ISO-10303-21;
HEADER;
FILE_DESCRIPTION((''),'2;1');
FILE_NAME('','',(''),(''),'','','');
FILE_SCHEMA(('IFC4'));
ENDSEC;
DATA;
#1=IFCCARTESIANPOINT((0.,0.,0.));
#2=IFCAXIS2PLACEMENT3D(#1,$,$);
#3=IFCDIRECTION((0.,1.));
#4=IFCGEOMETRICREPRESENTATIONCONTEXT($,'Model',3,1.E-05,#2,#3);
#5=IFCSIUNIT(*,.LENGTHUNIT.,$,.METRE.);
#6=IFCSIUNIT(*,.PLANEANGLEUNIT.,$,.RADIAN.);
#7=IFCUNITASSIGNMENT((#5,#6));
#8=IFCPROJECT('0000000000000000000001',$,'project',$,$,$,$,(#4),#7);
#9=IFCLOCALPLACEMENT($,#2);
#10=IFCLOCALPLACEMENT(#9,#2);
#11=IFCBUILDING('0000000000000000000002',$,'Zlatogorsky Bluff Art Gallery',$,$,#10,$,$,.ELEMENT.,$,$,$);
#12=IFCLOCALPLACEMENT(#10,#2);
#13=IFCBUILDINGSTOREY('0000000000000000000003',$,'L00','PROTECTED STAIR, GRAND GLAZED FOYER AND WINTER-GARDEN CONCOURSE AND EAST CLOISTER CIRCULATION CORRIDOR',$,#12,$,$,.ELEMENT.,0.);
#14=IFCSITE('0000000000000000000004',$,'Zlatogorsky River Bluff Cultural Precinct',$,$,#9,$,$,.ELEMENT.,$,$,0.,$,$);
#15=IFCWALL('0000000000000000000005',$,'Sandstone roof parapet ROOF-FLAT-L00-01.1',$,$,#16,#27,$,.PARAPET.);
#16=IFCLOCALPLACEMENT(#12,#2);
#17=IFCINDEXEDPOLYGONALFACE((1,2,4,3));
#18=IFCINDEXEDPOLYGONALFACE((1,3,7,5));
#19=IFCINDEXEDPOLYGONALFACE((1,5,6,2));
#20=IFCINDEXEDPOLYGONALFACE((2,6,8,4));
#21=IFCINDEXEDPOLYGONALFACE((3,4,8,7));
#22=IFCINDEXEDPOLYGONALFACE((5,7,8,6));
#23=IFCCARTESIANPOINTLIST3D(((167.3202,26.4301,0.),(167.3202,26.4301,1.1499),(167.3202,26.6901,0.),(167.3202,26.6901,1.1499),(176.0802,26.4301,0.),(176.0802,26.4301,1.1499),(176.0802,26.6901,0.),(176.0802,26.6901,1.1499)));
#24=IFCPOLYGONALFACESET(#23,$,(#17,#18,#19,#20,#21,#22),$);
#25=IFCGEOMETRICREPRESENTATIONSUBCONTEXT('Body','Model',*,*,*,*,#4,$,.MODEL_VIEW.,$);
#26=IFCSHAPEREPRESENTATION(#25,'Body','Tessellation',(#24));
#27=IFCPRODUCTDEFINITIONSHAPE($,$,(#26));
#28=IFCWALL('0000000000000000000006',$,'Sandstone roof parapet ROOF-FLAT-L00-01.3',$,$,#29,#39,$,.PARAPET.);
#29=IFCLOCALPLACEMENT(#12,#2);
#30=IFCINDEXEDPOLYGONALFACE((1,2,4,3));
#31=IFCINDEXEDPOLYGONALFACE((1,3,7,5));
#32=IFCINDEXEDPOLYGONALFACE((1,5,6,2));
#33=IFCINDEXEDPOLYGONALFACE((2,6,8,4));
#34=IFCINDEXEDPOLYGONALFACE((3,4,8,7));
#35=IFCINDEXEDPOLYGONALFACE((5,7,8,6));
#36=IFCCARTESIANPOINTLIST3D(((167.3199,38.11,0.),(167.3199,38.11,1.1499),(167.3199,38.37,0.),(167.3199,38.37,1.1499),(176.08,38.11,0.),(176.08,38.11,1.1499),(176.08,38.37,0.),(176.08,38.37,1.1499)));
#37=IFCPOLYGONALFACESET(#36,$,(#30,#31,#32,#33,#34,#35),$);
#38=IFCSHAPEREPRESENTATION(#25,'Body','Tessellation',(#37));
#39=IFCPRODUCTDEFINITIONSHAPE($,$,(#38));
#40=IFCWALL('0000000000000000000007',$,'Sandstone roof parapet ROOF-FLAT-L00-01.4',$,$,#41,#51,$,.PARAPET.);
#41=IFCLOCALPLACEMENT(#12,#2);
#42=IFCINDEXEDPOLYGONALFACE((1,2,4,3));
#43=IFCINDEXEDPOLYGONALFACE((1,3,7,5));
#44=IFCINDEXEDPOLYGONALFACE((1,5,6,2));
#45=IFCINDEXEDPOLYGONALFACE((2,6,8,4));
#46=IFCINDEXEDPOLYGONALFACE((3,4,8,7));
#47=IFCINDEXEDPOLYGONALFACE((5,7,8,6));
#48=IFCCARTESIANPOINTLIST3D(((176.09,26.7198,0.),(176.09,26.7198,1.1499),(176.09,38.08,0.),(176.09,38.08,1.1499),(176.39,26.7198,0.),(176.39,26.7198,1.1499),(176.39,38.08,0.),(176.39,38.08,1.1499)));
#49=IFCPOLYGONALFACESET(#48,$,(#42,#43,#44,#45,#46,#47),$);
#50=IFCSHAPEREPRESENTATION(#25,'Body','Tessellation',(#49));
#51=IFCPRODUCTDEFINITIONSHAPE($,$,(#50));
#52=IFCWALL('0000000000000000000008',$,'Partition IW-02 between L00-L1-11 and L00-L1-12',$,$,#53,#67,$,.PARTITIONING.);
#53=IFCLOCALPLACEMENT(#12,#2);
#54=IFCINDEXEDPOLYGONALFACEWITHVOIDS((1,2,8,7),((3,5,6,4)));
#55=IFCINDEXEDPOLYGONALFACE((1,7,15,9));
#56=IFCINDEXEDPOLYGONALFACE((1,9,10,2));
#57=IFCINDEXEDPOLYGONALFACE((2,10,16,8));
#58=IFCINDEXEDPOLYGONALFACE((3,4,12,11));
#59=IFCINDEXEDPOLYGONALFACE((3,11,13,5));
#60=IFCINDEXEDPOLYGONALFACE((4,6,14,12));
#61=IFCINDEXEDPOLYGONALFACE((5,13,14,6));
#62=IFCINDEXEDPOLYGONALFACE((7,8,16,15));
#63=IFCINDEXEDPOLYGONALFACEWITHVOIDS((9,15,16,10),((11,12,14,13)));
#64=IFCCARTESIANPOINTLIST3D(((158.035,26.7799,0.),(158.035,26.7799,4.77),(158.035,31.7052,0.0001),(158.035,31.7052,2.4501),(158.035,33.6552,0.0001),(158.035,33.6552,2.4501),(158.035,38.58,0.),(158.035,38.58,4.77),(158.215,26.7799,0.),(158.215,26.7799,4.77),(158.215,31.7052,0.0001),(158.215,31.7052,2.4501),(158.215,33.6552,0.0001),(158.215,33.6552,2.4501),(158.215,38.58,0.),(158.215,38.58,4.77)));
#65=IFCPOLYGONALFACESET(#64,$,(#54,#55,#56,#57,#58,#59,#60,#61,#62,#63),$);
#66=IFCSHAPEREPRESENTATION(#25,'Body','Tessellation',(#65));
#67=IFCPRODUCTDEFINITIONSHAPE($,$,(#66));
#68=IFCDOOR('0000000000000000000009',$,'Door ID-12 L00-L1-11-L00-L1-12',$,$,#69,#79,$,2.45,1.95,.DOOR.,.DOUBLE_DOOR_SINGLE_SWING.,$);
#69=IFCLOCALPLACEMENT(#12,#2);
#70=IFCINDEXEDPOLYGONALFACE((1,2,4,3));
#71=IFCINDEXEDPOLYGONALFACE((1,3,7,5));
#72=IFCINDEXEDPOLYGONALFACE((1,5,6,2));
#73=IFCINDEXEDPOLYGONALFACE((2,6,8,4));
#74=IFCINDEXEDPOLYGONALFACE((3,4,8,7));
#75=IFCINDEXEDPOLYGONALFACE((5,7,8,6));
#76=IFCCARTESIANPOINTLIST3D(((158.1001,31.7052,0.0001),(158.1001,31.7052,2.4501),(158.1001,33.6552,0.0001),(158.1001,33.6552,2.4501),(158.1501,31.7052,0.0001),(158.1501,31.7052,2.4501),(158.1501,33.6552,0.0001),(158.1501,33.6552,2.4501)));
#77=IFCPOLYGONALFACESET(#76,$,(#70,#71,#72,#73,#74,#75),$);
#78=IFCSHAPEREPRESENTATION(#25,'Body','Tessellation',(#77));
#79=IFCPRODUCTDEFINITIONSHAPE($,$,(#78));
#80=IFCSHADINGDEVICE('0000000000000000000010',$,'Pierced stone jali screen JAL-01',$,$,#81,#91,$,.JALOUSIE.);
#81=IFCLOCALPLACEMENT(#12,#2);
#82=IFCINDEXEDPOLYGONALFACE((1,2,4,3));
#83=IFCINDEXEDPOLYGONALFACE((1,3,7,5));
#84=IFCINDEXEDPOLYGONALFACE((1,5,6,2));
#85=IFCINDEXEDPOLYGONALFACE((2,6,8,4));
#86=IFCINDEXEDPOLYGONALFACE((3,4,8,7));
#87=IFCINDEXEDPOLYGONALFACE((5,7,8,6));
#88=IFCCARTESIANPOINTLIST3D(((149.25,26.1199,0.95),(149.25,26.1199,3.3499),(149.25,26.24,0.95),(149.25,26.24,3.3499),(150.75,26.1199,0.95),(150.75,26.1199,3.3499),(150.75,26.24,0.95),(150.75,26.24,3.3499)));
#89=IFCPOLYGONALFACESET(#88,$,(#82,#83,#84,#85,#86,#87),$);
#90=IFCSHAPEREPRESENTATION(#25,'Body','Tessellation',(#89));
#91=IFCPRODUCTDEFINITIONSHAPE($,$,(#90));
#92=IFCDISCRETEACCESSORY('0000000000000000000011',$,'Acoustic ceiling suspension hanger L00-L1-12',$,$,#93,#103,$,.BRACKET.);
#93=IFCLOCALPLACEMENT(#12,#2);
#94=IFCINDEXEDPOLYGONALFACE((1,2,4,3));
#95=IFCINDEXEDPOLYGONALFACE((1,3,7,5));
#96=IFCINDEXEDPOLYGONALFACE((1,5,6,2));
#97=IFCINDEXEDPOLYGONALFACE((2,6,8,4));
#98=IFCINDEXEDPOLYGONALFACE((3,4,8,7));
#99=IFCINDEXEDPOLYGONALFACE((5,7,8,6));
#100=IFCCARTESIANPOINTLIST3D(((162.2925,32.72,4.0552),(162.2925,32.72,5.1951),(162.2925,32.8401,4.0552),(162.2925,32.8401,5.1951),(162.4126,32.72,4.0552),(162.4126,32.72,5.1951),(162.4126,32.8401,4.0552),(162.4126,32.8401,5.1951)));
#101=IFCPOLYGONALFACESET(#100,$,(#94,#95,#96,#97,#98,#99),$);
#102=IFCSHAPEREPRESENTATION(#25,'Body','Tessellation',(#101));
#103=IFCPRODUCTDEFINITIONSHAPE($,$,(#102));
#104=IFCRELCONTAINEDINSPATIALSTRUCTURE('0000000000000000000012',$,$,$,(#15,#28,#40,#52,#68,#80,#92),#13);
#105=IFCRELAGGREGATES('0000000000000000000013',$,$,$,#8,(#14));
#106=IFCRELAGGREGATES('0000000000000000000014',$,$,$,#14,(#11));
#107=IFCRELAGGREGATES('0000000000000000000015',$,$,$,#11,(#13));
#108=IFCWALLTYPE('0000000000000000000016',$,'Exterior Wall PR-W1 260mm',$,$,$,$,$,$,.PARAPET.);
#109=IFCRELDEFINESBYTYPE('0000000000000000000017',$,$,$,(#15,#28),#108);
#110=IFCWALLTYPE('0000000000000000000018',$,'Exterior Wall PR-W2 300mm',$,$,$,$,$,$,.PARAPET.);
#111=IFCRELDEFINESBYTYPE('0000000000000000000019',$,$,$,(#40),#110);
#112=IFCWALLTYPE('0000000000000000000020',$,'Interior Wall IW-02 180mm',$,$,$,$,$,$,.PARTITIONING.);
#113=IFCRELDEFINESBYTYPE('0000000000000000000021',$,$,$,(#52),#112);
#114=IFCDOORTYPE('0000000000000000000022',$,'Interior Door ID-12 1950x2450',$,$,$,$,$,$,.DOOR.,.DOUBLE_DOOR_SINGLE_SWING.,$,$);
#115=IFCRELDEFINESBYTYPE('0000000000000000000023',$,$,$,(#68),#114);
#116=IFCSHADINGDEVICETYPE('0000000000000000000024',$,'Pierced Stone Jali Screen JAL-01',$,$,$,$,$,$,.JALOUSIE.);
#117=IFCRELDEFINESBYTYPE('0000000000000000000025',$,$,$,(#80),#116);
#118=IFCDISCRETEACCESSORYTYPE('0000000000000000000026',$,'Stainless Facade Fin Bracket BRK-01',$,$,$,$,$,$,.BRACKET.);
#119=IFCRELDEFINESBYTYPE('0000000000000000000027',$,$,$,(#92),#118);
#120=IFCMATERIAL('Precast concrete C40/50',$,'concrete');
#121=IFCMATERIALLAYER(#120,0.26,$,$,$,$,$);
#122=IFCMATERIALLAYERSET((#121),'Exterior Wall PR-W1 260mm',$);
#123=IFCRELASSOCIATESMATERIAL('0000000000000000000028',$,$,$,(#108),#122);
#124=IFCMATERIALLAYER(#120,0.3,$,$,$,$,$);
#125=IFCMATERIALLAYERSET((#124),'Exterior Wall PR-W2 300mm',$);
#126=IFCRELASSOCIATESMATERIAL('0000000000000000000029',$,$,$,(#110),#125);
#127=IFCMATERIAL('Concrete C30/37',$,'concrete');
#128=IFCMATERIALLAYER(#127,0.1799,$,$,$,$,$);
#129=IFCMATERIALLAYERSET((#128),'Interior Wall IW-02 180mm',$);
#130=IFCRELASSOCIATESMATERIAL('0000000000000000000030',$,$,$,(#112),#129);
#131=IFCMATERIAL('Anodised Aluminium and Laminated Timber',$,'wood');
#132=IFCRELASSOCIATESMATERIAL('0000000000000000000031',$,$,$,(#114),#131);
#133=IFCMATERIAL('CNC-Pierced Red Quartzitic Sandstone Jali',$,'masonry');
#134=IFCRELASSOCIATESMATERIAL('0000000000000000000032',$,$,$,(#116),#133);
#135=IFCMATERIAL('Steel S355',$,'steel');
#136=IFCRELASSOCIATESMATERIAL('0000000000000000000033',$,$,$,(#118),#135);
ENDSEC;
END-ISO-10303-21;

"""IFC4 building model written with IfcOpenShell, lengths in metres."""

from ifc_helpers import new_model, si_unit, direction, frame, frame_2d, origin, origin_2d, place, context, subcontext, project, spatial, rectangle, extrude, material, layer, layer_set, type_object, element, fill, save


model = new_model("IFC4")

# Units and contexts
model_context = context("Model", 3, precision=1e-05, world=origin(), true_north=direction((0.0, 1.0)))
body_context = subcontext(model_context, "Body", "Model", "MODEL_VIEW")
ifc_project = project(units=[si_unit("LENGTHUNIT", "METRE"), si_unit("PLANEANGLEUNIT", "RADIAN")], contexts=[model_context])

# Site, building, storey
site_placement = place(None, origin())
site = spatial("IfcSite", under=ifc_project, at=site_placement, Name="Zlatogorsky River Bluff Cultural Precinct", CompositionType="ELEMENT", RefElevation=0.0)
building_placement = place(site_placement, origin())
building = spatial("IfcBuilding", under=site, at=building_placement, Name="Zlatogorsky Bluff Art Gallery", CompositionType="ELEMENT")
storey_placement = place(building_placement, origin())
storey = spatial("IfcBuildingStorey", under=building, at=storey_placement, Name="L00", Description="PROTECTED STAIR, GRAND GLAZED FOYER AND WINTER-GARDEN CONCOURSE AND EAST CLOISTER CIRCULATION CORRIDOR", CompositionType="ELEMENT", Elevation=0.0)

# Shared definitions
ifc_material_1 = material(Name="Steel S355", Category="steel")

# Shared definitions
ifc_material_2 = material(Name="Precast concrete C40/50", Category="concrete")

# Walls
ifc_layer_1 = layer(ifc_material_2, 0.26)
ifc_layer_set_1 = layer_set([ifc_layer_1], Name="Exterior Wall PR-W1 260mm")
wall_type_1 = type_object("IfcWallType", Name="Exterior Wall PR-W1 260mm", PredefinedType="PARAPET", material=ifc_layer_set_1)
for number, where, z_axis, x_axis, name in (
    (1, (176.0801, 26.5601, 0.0), (0.0, 0.0, 1.0), (-1.0, 0.0, 0.0), "Sandstone roof parapet ROOF-FLAT-L00-01.1"),
    (2, (167.3201, 38.24, 0.0), (0.0, 0.0, 1.0), (1.0, 0.0, 0.0), "Sandstone roof parapet ROOF-FLAT-L00-01.3"),
):
    element("IfcWall", number, at=place(storey_placement, frame(where, z_axis=z_axis, x_axis=x_axis)), inside=storey, type_object=wall_type_1, Name=name, PredefinedType="PARAPET", context=body_context, shape_type="SweptSolid", body=[
        extrude(rectangle(XDim=8.76, YDim=0.26, at=frame_2d((4.3799, 0.0))), origin(), (0.0, 0.0, 1.0), 1.1499),
    ])
ifc_layer_2 = layer(ifc_material_2, 0.3)
ifc_layer_set_2 = layer_set([ifc_layer_2], Name="Exterior Wall PR-W2 300mm")
wall_type_2 = type_object("IfcWallType", Name="Exterior Wall PR-W2 300mm", PredefinedType="PARAPET", material=ifc_layer_set_2)
wall_1_placement = place(storey_placement, frame((176.24, 38.0801, 0.0), z_axis=(0.0, 0.0, 1.0), x_axis=(0.0, -1.0, 0.0)))
element("IfcWall", 3, at=wall_1_placement, inside=storey, type_object=wall_type_2, Name="Sandstone roof parapet ROOF-FLAT-L00-01.4", PredefinedType="PARAPET", context=body_context, shape_type="SweptSolid", body=[
    extrude(rectangle(XDim=11.3601, YDim=0.3, at=frame_2d((5.6802, 0.0))), origin(), (0.0, 0.0, 1.0), 1.1499),
])

# Wall, opening, door
ifc_material_3 = material(Name="Concrete C30/37", Category="concrete")
ifc_layer_3 = layer(ifc_material_3, 0.1799)
ifc_layer_set_3 = layer_set([ifc_layer_3], Name="Interior Wall IW-02 180mm")
wall_type_3 = type_object("IfcWallType", Name="Interior Wall IW-02 180mm", PredefinedType="PARTITIONING", material=ifc_layer_set_3)
wall_2_placement = place(storey_placement, frame((158.125, 26.78, 0.0), z_axis=(0.0, 0.0, 1.0), x_axis=(0.0, 1.0, 0.0)))
wall_2 = element("IfcWall", 4, at=wall_2_placement, inside=storey, type_object=wall_type_3, Name="Partition IW-02 between L00-L1-11 and L00-L1-12", PredefinedType="PARTITIONING", context=body_context, shape_type="SweptSolid", body=[
    extrude(rectangle(XDim=11.8, YDim=0.1799, at=frame_2d((5.8999, 0.0))), origin(), (0.0, 0.0, 1.0), 4.77),
])
opening_1_placement = place(wall_2_placement, frame((4.925, 0.0, 0.0)))
opening_1 = element("IfcOpeningElement", 5, at=opening_1_placement, cuts=wall_2, PredefinedType="OPENING", context=body_context, shape_type="SweptSolid", body=[
    extrude(rectangle(XDim=1.95, YDim=2.45, at=frame_2d((0.9751, 1.2251))), frame((0.0, 0.0999, 0.0), z_axis=(0.0, -1.0, 0.0), x_axis=(1.0, 0.0, 0.0)), (0.0, 0.0, 1.0), 0.2),
])
ifc_material_4 = material(Name="Anodised Aluminium and Laminated Timber", Category="wood")
door_type = type_object("IfcDoorType", Name="Interior Door ID-12 1950x2450", OperationType="DOUBLE_DOOR_SINGLE_SWING", PredefinedType="DOOR", material=ifc_material_4)
door_placement = place(opening_1_placement, origin())
door = element("IfcDoor", 6, at=door_placement, inside=storey, type_object=door_type, Name="Door ID-12 L00-L1-11-L00-L1-12", OperationType="DOUBLE_DOOR_SINGLE_SWING", OverallHeight=2.45, OverallWidth=1.95, PredefinedType="DOOR", context=body_context, shape_type="SweptSolid", body=[
    extrude(rectangle(XDim=1.95, YDim=2.45, at=frame_2d((0.9751, 1.2251))), frame((0.0, 0.0249, 0.0), z_axis=(0.0, -1.0, 0.0), x_axis=(1.0, 0.0, 0.0)), (0.0, 0.0, 1.0), 0.05),
])
fill(opening_1, door)

# Shading device
ifc_material_5 = material(Name="CNC-Pierced Red Quartzitic Sandstone Jali", Category="masonry")
shading_device_type = type_object("IfcShadingDeviceType", Name="Pierced Stone Jali Screen JAL-01", PredefinedType="JALOUSIE", material=ifc_material_5)
shading_device_placement = place(storey_placement, frame((150.0, 26.1799, 0.95), z_axis=(0.0, 0.0, 1.0), x_axis=(1.0, 0.0, 0.0)))
element("IfcShadingDevice", 7, at=shading_device_placement, inside=storey, type_object=shading_device_type, Name="Pierced stone jali screen JAL-01", PredefinedType="JALOUSIE", context=body_context, shape_type="SweptSolid", body=[
    extrude(rectangle(XDim=1.5, YDim=0.1201, at=origin_2d()), origin(), (0.0, 0.0, 1.0), 2.3999),
])

# Discrete accessory
discrete_accessory_type = type_object("IfcDiscreteAccessoryType", Name="Stainless Facade Fin Bracket BRK-01", PredefinedType="BRACKET", material=ifc_material_1)
discrete_accessory_placement = place(storey_placement, frame((162.3525, 32.78, 4.0552), z_axis=(0.0, 0.0, 1.0), x_axis=(1.0, 0.0, 0.0)))
element("IfcDiscreteAccessory", 8, at=discrete_accessory_placement, inside=storey, type_object=discrete_accessory_type, Name="Acoustic ceiling suspension hanger L00-L1-12", PredefinedType="BRACKET", context=body_context, shape_type="SweptSolid", body=[
    extrude(rectangle(XDim=0.1201, YDim=0.1201, at=origin_2d()), origin(), (0.0, 0.0, 1.0), 1.1399),
])

save(model, "model.ifc")
